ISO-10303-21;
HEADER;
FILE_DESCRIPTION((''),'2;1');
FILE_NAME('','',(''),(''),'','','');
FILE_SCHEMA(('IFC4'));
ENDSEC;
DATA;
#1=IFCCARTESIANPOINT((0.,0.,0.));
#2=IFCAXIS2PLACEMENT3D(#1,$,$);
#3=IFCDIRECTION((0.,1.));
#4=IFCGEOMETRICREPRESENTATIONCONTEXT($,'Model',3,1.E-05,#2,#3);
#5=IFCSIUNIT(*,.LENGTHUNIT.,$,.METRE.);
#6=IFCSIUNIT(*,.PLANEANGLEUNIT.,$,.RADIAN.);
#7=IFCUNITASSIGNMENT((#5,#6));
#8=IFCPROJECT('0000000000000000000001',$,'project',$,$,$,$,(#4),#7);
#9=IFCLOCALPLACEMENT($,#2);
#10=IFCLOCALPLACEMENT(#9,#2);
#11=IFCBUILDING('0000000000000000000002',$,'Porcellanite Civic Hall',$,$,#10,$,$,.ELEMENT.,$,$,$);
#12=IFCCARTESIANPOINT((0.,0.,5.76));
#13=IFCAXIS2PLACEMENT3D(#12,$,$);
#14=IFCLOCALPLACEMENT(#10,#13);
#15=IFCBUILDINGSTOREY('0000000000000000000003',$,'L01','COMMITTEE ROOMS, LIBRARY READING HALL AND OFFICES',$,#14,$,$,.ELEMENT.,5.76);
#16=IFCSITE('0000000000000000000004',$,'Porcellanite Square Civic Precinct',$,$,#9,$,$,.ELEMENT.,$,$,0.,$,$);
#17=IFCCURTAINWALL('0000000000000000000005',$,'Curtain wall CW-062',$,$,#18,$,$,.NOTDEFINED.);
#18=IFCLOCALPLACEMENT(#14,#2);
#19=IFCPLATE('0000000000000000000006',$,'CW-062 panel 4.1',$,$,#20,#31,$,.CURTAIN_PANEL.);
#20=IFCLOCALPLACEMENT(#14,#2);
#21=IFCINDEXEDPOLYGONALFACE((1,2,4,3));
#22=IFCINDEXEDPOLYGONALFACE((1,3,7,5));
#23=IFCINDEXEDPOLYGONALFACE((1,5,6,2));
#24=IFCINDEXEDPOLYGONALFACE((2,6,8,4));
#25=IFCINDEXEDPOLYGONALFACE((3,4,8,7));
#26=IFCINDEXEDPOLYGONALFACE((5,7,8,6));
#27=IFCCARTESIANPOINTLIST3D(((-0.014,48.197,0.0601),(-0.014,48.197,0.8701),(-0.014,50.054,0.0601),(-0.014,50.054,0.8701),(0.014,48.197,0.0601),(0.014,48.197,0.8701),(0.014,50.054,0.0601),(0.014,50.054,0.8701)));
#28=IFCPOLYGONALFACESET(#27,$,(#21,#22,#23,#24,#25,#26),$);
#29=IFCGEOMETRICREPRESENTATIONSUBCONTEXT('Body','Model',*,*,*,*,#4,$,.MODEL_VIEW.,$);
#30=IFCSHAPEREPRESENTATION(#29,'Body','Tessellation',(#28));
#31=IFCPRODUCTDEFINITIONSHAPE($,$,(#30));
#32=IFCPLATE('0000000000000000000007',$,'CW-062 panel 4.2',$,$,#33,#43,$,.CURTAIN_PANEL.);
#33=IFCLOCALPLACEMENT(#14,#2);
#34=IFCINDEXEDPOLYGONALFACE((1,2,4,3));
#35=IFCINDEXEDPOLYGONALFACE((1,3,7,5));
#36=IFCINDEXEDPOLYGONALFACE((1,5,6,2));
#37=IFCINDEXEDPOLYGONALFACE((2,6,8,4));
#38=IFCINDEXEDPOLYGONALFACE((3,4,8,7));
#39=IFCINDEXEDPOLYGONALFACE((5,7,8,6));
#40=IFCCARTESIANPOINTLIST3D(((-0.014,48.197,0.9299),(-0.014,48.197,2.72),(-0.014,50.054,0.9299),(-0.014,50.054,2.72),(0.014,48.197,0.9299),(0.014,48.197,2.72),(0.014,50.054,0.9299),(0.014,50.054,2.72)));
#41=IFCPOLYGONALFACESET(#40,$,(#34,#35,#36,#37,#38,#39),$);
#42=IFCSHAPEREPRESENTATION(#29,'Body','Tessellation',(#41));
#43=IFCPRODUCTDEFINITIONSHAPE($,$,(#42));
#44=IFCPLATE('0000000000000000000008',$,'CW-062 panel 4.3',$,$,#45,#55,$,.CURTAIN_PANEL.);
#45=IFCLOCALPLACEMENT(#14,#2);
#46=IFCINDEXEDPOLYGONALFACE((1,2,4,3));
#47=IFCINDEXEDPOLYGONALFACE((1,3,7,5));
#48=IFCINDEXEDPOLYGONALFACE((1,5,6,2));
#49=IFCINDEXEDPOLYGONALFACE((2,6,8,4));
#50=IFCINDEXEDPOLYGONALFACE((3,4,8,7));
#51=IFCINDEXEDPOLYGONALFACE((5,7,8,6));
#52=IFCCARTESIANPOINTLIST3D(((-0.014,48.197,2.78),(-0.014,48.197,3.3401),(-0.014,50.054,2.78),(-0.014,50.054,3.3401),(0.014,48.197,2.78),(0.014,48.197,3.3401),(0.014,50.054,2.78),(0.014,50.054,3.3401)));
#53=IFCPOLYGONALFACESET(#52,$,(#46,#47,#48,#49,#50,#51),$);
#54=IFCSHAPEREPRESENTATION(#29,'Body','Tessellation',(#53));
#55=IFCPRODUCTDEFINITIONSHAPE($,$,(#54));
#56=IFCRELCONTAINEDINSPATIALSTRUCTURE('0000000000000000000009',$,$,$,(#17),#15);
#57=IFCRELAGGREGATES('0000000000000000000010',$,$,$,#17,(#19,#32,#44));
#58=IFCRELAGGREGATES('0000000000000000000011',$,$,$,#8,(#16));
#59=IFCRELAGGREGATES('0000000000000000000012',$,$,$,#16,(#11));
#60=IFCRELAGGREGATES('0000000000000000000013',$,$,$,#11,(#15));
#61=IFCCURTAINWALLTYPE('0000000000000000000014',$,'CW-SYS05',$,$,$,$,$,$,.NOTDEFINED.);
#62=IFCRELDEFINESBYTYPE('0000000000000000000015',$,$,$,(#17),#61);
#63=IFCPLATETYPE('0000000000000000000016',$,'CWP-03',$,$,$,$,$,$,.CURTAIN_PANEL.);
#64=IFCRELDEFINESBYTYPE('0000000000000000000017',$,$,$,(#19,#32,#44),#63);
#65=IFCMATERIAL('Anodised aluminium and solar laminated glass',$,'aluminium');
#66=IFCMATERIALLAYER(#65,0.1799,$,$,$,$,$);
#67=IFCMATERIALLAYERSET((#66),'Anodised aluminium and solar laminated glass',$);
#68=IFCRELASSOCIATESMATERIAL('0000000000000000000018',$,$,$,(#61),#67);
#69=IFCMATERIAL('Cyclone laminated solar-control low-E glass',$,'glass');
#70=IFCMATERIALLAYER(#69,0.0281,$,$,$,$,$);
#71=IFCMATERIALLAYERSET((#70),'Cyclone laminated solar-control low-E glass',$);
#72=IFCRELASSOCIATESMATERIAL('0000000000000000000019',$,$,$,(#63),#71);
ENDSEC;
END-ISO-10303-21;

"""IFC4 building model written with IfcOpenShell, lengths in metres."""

from ifc_helpers import new_model, si_unit, direction, frame, origin, origin_2d, place, context, subcontext, project, spatial, rectangle, extrude, material, layer, layer_set, type_object, element, aggregate, save


model = new_model("IFC4")

# Units and contexts
model_context = context("Model", 3, precision=1e-05, world=origin(), true_north=direction((0.0, 1.0)))
body_context = subcontext(model_context, "Body", "Model", "MODEL_VIEW")
ifc_project = project(units=[si_unit("LENGTHUNIT", "METRE"), si_unit("PLANEANGLEUNIT", "RADIAN")], contexts=[model_context])

# Site, building, storey
site_placement = place(None, origin())
site = spatial("IfcSite", under=ifc_project, at=site_placement, Name="Porcellanite Square Civic Precinct", CompositionType="ELEMENT", RefElevation=0.0)
building_placement = place(site_placement, origin())
building = spatial("IfcBuilding", under=site, at=building_placement, Name="Porcellanite Civic Hall", CompositionType="ELEMENT")
storey_placement = place(building_placement, frame((0.0, 0.0, 5.76)))
storey = spatial("IfcBuildingStorey", under=building, at=storey_placement, Name="L01", Description="COMMITTEE ROOMS, LIBRARY READING HALL AND OFFICES", CompositionType="ELEMENT", Elevation=5.76)

# Curtain wall, plates
ifc_material_1 = material(Name="Anodised aluminium and solar laminated glass", Category="aluminium")
ifc_layer_1 = layer(ifc_material_1, 0.1799)
ifc_layer_set_1 = layer_set([ifc_layer_1], Name="Anodised aluminium and solar laminated glass")
curtain_wall_type = type_object("IfcCurtainWallType", Name="CW-SYS05", PredefinedType="NOTDEFINED", material=ifc_layer_set_1)
curtain_wall_placement = place(storey_placement, origin())
curtain_wall = element("IfcCurtainWall", 1, at=curtain_wall_placement, inside=storey, type_object=curtain_wall_type, Name="Curtain wall CW-062", PredefinedType="NOTDEFINED")
ifc_material_2 = material(Name="Cyclone laminated solar-control low-E glass", Category="glass")
ifc_layer_2 = layer(ifc_material_2, 0.0281)
ifc_layer_set_2 = layer_set([ifc_layer_2], Name="Cyclone laminated solar-control low-E glass")
plate_type = type_object("IfcPlateType", Name="CWP-03", PredefinedType="CURTAIN_PANEL", material=ifc_layer_set_2)
plate_1_placement = place(storey_placement, frame((0.0, 49.1255, 0.0601), z_axis=(0.0, 0.0, 1.0), x_axis=(0.0, 1.0, 0.0)))
plate_1 = element("IfcPlate", 2, at=plate_1_placement, type_object=plate_type, Name="CW-062 panel 4.1", PredefinedType="CURTAIN_PANEL", context=body_context, shape_type="SweptSolid", body=[
    extrude(rectangle(XDim=1.8569, YDim=0.0281, at=origin_2d()), origin(), (0.0, 0.0, 1.0), 0.8101),
])
plate_2_placement = place(storey_placement, frame((0.0, 49.1255, 0.9299), z_axis=(0.0, 0.0, 1.0), x_axis=(0.0, 1.0, 0.0)))
plate_2 = element("IfcPlate", 3, at=plate_2_placement, type_object=plate_type, Name="CW-062 panel 4.2", PredefinedType="CURTAIN_PANEL", context=body_context, shape_type="SweptSolid", body=[
    extrude(rectangle(XDim=1.8569, YDim=0.0281, at=origin_2d()), origin(), (0.0, 0.0, 1.0), 1.79),
])
plate_3_placement = place(storey_placement, frame((0.0, 49.1255, 2.78), z_axis=(0.0, 0.0, 1.0), x_axis=(0.0, 1.0, 0.0)))
plate_3 = element("IfcPlate", 4, at=plate_3_placement, type_object=plate_type, Name="CW-062 panel 4.3", PredefinedType="CURTAIN_PANEL", context=body_context, shape_type="SweptSolid", body=[
    extrude(rectangle(XDim=1.8569, YDim=0.0281, at=origin_2d()), origin(), (0.0, 0.0, 1.0), 0.5601),
])
aggregate(curtain_wall, [plate_1, plate_2, plate_3])

save(model, "model.ifc")
